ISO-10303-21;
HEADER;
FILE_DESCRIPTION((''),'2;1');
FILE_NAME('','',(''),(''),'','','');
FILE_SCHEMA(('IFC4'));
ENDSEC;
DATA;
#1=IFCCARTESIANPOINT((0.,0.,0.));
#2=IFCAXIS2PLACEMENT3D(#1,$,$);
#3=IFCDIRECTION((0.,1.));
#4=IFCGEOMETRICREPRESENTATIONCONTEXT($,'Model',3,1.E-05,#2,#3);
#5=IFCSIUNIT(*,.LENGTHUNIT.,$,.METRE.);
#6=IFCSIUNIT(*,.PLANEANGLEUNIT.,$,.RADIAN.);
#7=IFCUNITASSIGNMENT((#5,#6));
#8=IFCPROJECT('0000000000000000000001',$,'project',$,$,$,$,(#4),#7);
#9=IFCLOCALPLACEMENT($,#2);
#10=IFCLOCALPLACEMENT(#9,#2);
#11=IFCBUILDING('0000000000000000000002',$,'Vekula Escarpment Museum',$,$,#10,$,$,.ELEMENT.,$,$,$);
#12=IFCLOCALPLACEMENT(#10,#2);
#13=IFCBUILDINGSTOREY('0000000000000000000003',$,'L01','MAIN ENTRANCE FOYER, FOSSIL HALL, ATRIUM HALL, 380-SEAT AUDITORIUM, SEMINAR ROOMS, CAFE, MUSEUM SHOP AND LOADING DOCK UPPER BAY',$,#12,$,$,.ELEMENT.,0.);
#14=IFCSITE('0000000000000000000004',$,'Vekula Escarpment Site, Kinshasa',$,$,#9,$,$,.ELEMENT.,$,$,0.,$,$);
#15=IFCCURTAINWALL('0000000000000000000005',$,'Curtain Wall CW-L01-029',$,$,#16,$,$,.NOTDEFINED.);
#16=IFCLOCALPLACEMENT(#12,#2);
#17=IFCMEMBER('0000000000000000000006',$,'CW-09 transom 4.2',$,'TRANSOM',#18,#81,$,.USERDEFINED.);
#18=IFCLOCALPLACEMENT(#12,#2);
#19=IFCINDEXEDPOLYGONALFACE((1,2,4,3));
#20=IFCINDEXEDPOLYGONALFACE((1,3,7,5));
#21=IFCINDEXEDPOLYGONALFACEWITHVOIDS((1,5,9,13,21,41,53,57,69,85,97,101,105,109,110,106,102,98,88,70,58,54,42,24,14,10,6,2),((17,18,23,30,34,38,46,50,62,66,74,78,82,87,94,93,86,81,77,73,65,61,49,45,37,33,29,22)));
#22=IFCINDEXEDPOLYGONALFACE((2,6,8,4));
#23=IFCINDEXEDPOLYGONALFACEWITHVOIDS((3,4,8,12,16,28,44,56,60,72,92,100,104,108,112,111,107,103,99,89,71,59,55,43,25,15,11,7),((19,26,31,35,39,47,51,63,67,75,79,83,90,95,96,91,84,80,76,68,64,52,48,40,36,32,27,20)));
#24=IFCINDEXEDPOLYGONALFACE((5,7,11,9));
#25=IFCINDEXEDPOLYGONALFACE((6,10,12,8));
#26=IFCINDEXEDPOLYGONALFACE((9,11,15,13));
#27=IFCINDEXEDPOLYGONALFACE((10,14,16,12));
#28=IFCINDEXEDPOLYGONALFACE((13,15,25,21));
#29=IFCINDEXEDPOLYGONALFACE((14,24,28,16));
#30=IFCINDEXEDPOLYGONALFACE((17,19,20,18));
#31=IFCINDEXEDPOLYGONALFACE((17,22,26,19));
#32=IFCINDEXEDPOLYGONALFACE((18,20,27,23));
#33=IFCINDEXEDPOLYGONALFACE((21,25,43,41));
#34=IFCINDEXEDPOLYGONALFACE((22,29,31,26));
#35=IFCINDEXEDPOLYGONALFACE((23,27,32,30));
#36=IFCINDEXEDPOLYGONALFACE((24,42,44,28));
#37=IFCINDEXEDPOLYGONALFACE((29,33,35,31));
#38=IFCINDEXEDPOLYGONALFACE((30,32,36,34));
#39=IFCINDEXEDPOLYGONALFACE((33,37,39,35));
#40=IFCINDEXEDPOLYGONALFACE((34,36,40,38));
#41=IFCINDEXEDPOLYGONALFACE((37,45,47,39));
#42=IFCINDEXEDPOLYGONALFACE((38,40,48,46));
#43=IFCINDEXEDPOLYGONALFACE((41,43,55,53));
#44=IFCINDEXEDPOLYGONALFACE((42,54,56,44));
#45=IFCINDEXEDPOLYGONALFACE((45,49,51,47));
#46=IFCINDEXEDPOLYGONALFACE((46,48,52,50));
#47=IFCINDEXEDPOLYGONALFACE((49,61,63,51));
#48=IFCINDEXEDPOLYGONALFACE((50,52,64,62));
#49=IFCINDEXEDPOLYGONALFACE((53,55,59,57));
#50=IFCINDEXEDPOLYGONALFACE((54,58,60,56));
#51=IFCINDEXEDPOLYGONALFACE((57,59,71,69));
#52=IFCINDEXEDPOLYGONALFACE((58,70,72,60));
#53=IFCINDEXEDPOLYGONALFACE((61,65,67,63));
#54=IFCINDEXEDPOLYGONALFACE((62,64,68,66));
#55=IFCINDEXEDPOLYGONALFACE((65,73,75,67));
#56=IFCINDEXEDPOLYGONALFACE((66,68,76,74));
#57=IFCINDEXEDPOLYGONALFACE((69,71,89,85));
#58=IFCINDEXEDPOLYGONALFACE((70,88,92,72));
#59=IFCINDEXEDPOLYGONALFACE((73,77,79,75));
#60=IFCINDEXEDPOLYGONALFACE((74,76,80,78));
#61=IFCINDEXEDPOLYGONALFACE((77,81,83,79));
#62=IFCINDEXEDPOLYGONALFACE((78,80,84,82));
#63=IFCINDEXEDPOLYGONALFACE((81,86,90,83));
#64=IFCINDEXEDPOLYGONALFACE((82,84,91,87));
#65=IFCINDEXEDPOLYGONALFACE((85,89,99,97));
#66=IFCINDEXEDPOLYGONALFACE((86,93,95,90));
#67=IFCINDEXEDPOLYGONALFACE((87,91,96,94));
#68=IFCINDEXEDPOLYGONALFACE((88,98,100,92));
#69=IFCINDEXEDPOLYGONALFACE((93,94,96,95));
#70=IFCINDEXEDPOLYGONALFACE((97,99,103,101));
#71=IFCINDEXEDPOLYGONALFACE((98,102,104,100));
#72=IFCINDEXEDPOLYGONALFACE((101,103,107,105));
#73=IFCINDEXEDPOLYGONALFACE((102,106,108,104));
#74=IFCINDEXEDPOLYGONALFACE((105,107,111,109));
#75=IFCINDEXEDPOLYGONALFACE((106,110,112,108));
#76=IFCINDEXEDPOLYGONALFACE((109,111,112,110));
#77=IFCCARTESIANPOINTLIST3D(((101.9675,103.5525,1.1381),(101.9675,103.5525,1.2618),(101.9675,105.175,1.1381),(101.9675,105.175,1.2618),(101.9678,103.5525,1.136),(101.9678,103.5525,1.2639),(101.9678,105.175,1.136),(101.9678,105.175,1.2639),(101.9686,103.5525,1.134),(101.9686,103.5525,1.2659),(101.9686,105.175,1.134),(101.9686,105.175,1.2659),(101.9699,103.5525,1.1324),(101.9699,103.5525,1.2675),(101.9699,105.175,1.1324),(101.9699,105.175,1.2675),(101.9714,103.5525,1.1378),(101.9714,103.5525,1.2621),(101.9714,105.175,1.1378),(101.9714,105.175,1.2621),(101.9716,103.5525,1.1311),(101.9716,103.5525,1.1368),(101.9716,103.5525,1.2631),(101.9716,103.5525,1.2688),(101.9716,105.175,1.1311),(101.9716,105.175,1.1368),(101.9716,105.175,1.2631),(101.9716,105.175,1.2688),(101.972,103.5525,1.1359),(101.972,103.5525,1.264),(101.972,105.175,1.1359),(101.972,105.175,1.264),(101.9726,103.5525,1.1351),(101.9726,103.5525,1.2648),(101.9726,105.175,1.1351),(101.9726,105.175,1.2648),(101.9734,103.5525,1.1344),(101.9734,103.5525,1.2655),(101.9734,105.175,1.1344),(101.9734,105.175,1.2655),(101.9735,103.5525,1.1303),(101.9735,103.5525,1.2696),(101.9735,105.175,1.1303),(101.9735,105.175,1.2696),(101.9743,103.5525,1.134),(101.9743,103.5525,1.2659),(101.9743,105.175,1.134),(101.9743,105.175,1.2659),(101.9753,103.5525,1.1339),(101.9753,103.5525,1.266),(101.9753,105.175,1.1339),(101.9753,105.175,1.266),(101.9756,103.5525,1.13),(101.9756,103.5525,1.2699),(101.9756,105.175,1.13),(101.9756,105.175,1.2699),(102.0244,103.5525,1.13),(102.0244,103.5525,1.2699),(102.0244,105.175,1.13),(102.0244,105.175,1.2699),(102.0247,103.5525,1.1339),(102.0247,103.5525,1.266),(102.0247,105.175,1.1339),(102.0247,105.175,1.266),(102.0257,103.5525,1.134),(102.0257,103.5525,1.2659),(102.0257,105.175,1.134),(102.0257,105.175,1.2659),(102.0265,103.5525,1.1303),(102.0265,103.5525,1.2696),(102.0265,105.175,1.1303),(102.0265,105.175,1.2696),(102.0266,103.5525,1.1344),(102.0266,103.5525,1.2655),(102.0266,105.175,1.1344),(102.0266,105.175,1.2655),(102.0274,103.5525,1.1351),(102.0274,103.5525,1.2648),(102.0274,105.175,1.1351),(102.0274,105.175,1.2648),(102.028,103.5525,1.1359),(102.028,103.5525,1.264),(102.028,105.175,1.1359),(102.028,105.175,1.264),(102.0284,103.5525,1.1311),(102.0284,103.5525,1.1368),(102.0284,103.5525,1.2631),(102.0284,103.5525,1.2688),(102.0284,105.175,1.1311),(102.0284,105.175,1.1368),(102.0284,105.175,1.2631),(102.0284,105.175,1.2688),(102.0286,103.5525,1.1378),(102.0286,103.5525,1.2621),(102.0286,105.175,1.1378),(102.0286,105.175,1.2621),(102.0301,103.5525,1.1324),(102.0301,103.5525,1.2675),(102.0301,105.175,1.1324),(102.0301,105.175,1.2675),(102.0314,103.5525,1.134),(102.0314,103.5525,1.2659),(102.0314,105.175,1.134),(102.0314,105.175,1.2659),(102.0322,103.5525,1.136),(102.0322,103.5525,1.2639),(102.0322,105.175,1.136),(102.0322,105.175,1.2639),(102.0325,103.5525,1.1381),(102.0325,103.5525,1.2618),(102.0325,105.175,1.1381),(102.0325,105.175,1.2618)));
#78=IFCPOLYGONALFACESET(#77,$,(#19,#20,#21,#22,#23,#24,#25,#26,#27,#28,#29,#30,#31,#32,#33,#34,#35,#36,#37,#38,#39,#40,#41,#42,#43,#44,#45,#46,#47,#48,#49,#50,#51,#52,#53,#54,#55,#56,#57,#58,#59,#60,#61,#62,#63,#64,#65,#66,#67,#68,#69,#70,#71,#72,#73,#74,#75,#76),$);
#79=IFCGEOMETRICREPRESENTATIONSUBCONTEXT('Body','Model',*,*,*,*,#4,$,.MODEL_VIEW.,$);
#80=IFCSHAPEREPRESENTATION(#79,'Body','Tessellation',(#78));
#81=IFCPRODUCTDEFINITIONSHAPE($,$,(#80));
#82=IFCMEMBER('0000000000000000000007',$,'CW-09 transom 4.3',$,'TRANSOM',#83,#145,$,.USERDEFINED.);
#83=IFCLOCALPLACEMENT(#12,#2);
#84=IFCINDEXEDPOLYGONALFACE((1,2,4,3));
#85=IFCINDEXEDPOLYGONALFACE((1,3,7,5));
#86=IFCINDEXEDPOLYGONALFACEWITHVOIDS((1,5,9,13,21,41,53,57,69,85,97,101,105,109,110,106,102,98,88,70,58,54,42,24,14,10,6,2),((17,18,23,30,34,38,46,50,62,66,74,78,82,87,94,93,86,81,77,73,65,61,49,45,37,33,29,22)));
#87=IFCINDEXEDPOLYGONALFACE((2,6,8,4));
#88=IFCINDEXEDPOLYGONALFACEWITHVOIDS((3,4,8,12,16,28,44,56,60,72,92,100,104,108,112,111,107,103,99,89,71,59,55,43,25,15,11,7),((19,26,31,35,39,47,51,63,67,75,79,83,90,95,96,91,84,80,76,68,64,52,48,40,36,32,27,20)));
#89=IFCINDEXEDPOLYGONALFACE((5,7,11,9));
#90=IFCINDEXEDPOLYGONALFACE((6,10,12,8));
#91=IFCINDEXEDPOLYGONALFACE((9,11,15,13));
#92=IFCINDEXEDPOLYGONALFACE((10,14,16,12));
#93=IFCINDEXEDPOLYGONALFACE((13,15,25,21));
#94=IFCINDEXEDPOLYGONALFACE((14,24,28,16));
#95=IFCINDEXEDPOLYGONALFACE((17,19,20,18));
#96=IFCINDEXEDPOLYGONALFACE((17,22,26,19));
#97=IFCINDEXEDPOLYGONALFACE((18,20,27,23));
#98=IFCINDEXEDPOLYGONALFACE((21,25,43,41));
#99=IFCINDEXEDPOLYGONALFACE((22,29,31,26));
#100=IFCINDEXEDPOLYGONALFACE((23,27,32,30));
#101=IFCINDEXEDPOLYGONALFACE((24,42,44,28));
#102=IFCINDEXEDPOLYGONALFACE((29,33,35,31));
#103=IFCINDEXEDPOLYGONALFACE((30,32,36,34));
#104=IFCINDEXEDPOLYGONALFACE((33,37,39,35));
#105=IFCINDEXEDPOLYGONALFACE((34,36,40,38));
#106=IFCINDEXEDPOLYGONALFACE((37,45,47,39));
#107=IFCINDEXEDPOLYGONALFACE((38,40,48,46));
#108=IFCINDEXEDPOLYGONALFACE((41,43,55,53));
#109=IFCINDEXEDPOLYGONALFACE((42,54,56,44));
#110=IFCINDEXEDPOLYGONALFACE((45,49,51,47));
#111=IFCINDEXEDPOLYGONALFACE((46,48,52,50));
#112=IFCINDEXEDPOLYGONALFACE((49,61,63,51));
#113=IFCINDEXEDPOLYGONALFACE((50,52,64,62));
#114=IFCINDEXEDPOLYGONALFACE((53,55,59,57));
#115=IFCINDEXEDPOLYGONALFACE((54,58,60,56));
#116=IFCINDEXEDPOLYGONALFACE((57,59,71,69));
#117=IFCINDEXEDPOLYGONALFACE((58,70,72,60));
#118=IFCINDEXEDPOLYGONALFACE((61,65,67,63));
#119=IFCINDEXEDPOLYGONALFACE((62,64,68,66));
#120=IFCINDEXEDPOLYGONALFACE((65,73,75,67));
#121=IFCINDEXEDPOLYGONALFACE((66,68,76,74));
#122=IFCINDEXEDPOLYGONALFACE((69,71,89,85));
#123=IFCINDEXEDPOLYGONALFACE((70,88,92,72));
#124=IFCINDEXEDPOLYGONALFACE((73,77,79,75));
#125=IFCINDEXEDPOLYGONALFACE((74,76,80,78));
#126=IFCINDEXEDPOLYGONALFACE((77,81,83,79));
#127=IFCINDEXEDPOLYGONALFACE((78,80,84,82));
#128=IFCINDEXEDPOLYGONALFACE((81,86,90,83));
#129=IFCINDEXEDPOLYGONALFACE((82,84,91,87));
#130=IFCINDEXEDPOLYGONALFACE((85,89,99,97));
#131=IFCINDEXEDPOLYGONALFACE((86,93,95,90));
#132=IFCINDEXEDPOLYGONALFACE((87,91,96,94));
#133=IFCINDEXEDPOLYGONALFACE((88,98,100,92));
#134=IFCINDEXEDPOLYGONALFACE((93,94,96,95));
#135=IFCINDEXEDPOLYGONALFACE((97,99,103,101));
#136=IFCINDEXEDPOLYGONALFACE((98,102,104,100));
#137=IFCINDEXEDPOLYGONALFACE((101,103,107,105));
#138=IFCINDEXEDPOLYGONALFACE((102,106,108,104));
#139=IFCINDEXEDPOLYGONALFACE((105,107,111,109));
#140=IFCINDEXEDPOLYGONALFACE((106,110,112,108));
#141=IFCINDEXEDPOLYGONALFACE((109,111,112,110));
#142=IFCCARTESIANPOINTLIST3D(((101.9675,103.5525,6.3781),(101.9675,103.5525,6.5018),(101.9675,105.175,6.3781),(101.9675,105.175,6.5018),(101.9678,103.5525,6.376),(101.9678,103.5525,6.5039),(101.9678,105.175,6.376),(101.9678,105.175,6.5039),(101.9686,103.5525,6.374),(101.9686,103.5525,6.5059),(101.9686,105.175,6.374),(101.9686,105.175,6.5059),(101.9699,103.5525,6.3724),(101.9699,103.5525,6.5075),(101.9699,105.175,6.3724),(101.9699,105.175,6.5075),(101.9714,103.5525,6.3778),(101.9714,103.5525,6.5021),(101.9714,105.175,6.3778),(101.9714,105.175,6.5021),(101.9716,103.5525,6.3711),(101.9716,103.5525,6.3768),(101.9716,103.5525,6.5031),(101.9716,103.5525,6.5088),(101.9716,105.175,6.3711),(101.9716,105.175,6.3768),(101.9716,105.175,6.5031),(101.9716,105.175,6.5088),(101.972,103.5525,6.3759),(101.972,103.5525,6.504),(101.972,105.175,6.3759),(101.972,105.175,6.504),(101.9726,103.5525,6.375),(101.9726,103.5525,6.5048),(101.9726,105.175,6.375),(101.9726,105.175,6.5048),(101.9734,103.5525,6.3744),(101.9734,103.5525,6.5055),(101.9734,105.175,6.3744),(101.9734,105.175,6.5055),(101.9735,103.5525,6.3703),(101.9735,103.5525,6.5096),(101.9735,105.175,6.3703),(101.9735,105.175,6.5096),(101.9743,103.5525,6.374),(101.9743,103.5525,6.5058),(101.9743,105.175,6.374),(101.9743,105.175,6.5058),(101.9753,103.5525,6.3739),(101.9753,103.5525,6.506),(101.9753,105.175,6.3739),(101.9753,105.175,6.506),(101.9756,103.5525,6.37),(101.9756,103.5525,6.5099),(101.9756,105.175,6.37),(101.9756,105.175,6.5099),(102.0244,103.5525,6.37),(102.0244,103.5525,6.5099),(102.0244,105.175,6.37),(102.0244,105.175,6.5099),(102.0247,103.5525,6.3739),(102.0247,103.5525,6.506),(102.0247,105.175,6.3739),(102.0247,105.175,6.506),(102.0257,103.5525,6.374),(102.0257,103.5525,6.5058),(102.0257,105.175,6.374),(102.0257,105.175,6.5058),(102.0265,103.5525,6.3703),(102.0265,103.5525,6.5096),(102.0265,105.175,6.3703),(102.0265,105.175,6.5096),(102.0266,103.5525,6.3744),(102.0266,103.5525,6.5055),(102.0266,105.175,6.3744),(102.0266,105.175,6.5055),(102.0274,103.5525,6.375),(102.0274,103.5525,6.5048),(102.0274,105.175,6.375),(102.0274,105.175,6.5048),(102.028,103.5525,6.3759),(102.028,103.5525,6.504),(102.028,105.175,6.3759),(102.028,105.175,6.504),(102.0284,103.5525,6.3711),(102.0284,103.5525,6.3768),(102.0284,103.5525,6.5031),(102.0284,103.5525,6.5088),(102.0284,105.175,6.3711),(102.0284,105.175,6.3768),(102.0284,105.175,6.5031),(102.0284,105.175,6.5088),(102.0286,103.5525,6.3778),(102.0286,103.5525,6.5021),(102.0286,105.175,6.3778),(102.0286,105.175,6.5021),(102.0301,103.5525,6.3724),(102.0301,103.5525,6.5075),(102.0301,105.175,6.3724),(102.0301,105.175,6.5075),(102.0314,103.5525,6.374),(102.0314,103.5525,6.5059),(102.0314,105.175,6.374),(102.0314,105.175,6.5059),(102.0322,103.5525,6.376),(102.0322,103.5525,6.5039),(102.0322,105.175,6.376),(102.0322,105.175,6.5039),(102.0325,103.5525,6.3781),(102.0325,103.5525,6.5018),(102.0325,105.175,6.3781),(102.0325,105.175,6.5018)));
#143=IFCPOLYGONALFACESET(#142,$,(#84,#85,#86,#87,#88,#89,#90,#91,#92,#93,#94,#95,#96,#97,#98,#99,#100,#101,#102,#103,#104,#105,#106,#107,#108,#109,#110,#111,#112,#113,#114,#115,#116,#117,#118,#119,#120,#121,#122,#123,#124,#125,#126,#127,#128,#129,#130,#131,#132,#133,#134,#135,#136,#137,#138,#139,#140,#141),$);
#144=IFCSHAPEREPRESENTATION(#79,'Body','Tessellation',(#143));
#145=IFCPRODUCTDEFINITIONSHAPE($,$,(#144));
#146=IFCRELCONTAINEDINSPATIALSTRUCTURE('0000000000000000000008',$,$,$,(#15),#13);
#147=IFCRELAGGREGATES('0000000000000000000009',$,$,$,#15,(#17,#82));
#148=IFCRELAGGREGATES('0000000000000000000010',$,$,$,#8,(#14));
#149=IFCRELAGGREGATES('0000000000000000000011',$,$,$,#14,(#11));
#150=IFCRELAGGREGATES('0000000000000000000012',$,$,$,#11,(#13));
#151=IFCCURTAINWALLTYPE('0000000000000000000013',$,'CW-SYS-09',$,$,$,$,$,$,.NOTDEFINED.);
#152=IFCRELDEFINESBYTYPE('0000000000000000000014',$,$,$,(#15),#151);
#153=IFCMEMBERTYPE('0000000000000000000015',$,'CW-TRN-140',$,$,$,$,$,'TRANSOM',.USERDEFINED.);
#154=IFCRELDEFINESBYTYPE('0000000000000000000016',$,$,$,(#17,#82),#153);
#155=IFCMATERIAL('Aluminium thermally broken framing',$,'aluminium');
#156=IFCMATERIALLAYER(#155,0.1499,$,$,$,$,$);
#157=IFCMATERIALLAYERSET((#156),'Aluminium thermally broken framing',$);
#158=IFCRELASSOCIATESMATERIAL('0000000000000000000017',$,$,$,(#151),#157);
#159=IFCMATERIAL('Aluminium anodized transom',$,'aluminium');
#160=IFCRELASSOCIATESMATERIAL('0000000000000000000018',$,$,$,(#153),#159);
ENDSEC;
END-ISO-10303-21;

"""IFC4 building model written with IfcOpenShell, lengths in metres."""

from ifc_helpers import new_model, si_unit, direction, frame, origin, origin_2d, place, context, subcontext, project, spatial, hollow_rectangle, extrude, material, layer, layer_set, material_profile, profile_set, type_object, element, aggregate, save


model = new_model("IFC4")

# Units and contexts
model_context = context("Model", 3, precision=1e-05, world=origin(), true_north=direction((0.0, 1.0)))
body_context = subcontext(model_context, "Body", "Model", "MODEL_VIEW")
ifc_project = project(units=[si_unit("LENGTHUNIT", "METRE"), si_unit("PLANEANGLEUNIT", "RADIAN")], contexts=[model_context])

# Site, building, storey
site_placement = place(None, origin())
site = spatial("IfcSite", under=ifc_project, at=site_placement, Name="Vekula Escarpment Site, Kinshasa", CompositionType="ELEMENT", RefElevation=0.0)
building_placement = place(site_placement, origin())
building = spatial("IfcBuilding", under=site, at=building_placement, Name="Vekula Escarpment Museum", CompositionType="ELEMENT")
storey_placement = place(building_placement, origin())
storey = spatial("IfcBuildingStorey", under=building, at=storey_placement, Name="L01", Description="MAIN ENTRANCE FOYER, FOSSIL HALL, ATRIUM HALL, 380-SEAT AUDITORIUM, SEMINAR ROOMS, CAFE, MUSEUM SHOP AND LOADING DOCK UPPER BAY", CompositionType="ELEMENT", Elevation=0.0)

# Curtain wall
ifc_material_1 = material(Name="Aluminium thermally broken framing", Category="aluminium")
ifc_layer_1 = layer(ifc_material_1, 0.1499)
ifc_layer_set_1 = layer_set([ifc_layer_1], Name="Aluminium thermally broken framing")
curtain_wall_type_1 = type_object("IfcCurtainWallType", Name="CW-SYS-09", PredefinedType="NOTDEFINED", material=ifc_layer_set_1)
curtain_wall_1_placement = place(storey_placement, origin())
curtain_wall_1 = element("IfcCurtainWall", 1, at=curtain_wall_1_placement, inside=storey, type_object=curtain_wall_type_1, Name="Curtain Wall CW-L01-029", PredefinedType="NOTDEFINED")

# Members
ifc_material_2 = material(Name="Aluminium anodized transom", Category="aluminium")
ifc_material_profile_1 = material_profile(ifc_material_2, hollow_rectangle(XDim=0.0649, YDim=0.1399, WallThickness=0.0039, InnerFilletRadius=0.0039, OuterFilletRadius=0.0081, at=origin_2d()), Name="ALU 140x65x4")
ifc_profile_set_1 = profile_set([ifc_material_profile_1], Name="Aluminium anodized transom")
member_type_1 = type_object("IfcMemberType", Name="CW-TRN-140", ElementType="TRANSOM", PredefinedType="USERDEFINED", material=ifc_profile_set_1)
member_1_placement = place(storey_placement, frame((102.0, 103.5525, 1.2), z_axis=(0.0, 1.0, 0.0), x_axis=(-1.0, 0.0, 0.0)))
member_1 = element("IfcMember", 2, at=member_1_placement, type_object=member_type_1, Name="CW-09 transom 4.2", ObjectType="TRANSOM", PredefinedType="USERDEFINED", context=body_context, shape_type="SweptSolid", body=[
    extrude(hollow_rectangle(XDim=0.0649, YDim=0.1399, WallThickness=0.0039, InnerFilletRadius=0.0039, OuterFilletRadius=0.0081, at=origin_2d()), origin(), (0.0, 0.0, 1.0), 1.6226),
])
member_2_placement = place(storey_placement, frame((102.0, 103.5525, 6.4399), z_axis=(0.0, 1.0, 0.0), x_axis=(-1.0, 0.0, 0.0)))
member_2 = element("IfcMember", 3, at=member_2_placement, type_object=member_type_1, Name="CW-09 transom 4.3", ObjectType="TRANSOM", PredefinedType="USERDEFINED", context=body_context, shape_type="SweptSolid", body=[
    extrude(hollow_rectangle(XDim=0.0649, YDim=0.1399, WallThickness=0.0039, InnerFilletRadius=0.0039, OuterFilletRadius=0.0081, at=origin_2d()), origin(), (0.0, 0.0, 1.0), 1.6226),
])

aggregate(curtain_wall_1, [member_1, member_2])

save(model, "model.ifc")
